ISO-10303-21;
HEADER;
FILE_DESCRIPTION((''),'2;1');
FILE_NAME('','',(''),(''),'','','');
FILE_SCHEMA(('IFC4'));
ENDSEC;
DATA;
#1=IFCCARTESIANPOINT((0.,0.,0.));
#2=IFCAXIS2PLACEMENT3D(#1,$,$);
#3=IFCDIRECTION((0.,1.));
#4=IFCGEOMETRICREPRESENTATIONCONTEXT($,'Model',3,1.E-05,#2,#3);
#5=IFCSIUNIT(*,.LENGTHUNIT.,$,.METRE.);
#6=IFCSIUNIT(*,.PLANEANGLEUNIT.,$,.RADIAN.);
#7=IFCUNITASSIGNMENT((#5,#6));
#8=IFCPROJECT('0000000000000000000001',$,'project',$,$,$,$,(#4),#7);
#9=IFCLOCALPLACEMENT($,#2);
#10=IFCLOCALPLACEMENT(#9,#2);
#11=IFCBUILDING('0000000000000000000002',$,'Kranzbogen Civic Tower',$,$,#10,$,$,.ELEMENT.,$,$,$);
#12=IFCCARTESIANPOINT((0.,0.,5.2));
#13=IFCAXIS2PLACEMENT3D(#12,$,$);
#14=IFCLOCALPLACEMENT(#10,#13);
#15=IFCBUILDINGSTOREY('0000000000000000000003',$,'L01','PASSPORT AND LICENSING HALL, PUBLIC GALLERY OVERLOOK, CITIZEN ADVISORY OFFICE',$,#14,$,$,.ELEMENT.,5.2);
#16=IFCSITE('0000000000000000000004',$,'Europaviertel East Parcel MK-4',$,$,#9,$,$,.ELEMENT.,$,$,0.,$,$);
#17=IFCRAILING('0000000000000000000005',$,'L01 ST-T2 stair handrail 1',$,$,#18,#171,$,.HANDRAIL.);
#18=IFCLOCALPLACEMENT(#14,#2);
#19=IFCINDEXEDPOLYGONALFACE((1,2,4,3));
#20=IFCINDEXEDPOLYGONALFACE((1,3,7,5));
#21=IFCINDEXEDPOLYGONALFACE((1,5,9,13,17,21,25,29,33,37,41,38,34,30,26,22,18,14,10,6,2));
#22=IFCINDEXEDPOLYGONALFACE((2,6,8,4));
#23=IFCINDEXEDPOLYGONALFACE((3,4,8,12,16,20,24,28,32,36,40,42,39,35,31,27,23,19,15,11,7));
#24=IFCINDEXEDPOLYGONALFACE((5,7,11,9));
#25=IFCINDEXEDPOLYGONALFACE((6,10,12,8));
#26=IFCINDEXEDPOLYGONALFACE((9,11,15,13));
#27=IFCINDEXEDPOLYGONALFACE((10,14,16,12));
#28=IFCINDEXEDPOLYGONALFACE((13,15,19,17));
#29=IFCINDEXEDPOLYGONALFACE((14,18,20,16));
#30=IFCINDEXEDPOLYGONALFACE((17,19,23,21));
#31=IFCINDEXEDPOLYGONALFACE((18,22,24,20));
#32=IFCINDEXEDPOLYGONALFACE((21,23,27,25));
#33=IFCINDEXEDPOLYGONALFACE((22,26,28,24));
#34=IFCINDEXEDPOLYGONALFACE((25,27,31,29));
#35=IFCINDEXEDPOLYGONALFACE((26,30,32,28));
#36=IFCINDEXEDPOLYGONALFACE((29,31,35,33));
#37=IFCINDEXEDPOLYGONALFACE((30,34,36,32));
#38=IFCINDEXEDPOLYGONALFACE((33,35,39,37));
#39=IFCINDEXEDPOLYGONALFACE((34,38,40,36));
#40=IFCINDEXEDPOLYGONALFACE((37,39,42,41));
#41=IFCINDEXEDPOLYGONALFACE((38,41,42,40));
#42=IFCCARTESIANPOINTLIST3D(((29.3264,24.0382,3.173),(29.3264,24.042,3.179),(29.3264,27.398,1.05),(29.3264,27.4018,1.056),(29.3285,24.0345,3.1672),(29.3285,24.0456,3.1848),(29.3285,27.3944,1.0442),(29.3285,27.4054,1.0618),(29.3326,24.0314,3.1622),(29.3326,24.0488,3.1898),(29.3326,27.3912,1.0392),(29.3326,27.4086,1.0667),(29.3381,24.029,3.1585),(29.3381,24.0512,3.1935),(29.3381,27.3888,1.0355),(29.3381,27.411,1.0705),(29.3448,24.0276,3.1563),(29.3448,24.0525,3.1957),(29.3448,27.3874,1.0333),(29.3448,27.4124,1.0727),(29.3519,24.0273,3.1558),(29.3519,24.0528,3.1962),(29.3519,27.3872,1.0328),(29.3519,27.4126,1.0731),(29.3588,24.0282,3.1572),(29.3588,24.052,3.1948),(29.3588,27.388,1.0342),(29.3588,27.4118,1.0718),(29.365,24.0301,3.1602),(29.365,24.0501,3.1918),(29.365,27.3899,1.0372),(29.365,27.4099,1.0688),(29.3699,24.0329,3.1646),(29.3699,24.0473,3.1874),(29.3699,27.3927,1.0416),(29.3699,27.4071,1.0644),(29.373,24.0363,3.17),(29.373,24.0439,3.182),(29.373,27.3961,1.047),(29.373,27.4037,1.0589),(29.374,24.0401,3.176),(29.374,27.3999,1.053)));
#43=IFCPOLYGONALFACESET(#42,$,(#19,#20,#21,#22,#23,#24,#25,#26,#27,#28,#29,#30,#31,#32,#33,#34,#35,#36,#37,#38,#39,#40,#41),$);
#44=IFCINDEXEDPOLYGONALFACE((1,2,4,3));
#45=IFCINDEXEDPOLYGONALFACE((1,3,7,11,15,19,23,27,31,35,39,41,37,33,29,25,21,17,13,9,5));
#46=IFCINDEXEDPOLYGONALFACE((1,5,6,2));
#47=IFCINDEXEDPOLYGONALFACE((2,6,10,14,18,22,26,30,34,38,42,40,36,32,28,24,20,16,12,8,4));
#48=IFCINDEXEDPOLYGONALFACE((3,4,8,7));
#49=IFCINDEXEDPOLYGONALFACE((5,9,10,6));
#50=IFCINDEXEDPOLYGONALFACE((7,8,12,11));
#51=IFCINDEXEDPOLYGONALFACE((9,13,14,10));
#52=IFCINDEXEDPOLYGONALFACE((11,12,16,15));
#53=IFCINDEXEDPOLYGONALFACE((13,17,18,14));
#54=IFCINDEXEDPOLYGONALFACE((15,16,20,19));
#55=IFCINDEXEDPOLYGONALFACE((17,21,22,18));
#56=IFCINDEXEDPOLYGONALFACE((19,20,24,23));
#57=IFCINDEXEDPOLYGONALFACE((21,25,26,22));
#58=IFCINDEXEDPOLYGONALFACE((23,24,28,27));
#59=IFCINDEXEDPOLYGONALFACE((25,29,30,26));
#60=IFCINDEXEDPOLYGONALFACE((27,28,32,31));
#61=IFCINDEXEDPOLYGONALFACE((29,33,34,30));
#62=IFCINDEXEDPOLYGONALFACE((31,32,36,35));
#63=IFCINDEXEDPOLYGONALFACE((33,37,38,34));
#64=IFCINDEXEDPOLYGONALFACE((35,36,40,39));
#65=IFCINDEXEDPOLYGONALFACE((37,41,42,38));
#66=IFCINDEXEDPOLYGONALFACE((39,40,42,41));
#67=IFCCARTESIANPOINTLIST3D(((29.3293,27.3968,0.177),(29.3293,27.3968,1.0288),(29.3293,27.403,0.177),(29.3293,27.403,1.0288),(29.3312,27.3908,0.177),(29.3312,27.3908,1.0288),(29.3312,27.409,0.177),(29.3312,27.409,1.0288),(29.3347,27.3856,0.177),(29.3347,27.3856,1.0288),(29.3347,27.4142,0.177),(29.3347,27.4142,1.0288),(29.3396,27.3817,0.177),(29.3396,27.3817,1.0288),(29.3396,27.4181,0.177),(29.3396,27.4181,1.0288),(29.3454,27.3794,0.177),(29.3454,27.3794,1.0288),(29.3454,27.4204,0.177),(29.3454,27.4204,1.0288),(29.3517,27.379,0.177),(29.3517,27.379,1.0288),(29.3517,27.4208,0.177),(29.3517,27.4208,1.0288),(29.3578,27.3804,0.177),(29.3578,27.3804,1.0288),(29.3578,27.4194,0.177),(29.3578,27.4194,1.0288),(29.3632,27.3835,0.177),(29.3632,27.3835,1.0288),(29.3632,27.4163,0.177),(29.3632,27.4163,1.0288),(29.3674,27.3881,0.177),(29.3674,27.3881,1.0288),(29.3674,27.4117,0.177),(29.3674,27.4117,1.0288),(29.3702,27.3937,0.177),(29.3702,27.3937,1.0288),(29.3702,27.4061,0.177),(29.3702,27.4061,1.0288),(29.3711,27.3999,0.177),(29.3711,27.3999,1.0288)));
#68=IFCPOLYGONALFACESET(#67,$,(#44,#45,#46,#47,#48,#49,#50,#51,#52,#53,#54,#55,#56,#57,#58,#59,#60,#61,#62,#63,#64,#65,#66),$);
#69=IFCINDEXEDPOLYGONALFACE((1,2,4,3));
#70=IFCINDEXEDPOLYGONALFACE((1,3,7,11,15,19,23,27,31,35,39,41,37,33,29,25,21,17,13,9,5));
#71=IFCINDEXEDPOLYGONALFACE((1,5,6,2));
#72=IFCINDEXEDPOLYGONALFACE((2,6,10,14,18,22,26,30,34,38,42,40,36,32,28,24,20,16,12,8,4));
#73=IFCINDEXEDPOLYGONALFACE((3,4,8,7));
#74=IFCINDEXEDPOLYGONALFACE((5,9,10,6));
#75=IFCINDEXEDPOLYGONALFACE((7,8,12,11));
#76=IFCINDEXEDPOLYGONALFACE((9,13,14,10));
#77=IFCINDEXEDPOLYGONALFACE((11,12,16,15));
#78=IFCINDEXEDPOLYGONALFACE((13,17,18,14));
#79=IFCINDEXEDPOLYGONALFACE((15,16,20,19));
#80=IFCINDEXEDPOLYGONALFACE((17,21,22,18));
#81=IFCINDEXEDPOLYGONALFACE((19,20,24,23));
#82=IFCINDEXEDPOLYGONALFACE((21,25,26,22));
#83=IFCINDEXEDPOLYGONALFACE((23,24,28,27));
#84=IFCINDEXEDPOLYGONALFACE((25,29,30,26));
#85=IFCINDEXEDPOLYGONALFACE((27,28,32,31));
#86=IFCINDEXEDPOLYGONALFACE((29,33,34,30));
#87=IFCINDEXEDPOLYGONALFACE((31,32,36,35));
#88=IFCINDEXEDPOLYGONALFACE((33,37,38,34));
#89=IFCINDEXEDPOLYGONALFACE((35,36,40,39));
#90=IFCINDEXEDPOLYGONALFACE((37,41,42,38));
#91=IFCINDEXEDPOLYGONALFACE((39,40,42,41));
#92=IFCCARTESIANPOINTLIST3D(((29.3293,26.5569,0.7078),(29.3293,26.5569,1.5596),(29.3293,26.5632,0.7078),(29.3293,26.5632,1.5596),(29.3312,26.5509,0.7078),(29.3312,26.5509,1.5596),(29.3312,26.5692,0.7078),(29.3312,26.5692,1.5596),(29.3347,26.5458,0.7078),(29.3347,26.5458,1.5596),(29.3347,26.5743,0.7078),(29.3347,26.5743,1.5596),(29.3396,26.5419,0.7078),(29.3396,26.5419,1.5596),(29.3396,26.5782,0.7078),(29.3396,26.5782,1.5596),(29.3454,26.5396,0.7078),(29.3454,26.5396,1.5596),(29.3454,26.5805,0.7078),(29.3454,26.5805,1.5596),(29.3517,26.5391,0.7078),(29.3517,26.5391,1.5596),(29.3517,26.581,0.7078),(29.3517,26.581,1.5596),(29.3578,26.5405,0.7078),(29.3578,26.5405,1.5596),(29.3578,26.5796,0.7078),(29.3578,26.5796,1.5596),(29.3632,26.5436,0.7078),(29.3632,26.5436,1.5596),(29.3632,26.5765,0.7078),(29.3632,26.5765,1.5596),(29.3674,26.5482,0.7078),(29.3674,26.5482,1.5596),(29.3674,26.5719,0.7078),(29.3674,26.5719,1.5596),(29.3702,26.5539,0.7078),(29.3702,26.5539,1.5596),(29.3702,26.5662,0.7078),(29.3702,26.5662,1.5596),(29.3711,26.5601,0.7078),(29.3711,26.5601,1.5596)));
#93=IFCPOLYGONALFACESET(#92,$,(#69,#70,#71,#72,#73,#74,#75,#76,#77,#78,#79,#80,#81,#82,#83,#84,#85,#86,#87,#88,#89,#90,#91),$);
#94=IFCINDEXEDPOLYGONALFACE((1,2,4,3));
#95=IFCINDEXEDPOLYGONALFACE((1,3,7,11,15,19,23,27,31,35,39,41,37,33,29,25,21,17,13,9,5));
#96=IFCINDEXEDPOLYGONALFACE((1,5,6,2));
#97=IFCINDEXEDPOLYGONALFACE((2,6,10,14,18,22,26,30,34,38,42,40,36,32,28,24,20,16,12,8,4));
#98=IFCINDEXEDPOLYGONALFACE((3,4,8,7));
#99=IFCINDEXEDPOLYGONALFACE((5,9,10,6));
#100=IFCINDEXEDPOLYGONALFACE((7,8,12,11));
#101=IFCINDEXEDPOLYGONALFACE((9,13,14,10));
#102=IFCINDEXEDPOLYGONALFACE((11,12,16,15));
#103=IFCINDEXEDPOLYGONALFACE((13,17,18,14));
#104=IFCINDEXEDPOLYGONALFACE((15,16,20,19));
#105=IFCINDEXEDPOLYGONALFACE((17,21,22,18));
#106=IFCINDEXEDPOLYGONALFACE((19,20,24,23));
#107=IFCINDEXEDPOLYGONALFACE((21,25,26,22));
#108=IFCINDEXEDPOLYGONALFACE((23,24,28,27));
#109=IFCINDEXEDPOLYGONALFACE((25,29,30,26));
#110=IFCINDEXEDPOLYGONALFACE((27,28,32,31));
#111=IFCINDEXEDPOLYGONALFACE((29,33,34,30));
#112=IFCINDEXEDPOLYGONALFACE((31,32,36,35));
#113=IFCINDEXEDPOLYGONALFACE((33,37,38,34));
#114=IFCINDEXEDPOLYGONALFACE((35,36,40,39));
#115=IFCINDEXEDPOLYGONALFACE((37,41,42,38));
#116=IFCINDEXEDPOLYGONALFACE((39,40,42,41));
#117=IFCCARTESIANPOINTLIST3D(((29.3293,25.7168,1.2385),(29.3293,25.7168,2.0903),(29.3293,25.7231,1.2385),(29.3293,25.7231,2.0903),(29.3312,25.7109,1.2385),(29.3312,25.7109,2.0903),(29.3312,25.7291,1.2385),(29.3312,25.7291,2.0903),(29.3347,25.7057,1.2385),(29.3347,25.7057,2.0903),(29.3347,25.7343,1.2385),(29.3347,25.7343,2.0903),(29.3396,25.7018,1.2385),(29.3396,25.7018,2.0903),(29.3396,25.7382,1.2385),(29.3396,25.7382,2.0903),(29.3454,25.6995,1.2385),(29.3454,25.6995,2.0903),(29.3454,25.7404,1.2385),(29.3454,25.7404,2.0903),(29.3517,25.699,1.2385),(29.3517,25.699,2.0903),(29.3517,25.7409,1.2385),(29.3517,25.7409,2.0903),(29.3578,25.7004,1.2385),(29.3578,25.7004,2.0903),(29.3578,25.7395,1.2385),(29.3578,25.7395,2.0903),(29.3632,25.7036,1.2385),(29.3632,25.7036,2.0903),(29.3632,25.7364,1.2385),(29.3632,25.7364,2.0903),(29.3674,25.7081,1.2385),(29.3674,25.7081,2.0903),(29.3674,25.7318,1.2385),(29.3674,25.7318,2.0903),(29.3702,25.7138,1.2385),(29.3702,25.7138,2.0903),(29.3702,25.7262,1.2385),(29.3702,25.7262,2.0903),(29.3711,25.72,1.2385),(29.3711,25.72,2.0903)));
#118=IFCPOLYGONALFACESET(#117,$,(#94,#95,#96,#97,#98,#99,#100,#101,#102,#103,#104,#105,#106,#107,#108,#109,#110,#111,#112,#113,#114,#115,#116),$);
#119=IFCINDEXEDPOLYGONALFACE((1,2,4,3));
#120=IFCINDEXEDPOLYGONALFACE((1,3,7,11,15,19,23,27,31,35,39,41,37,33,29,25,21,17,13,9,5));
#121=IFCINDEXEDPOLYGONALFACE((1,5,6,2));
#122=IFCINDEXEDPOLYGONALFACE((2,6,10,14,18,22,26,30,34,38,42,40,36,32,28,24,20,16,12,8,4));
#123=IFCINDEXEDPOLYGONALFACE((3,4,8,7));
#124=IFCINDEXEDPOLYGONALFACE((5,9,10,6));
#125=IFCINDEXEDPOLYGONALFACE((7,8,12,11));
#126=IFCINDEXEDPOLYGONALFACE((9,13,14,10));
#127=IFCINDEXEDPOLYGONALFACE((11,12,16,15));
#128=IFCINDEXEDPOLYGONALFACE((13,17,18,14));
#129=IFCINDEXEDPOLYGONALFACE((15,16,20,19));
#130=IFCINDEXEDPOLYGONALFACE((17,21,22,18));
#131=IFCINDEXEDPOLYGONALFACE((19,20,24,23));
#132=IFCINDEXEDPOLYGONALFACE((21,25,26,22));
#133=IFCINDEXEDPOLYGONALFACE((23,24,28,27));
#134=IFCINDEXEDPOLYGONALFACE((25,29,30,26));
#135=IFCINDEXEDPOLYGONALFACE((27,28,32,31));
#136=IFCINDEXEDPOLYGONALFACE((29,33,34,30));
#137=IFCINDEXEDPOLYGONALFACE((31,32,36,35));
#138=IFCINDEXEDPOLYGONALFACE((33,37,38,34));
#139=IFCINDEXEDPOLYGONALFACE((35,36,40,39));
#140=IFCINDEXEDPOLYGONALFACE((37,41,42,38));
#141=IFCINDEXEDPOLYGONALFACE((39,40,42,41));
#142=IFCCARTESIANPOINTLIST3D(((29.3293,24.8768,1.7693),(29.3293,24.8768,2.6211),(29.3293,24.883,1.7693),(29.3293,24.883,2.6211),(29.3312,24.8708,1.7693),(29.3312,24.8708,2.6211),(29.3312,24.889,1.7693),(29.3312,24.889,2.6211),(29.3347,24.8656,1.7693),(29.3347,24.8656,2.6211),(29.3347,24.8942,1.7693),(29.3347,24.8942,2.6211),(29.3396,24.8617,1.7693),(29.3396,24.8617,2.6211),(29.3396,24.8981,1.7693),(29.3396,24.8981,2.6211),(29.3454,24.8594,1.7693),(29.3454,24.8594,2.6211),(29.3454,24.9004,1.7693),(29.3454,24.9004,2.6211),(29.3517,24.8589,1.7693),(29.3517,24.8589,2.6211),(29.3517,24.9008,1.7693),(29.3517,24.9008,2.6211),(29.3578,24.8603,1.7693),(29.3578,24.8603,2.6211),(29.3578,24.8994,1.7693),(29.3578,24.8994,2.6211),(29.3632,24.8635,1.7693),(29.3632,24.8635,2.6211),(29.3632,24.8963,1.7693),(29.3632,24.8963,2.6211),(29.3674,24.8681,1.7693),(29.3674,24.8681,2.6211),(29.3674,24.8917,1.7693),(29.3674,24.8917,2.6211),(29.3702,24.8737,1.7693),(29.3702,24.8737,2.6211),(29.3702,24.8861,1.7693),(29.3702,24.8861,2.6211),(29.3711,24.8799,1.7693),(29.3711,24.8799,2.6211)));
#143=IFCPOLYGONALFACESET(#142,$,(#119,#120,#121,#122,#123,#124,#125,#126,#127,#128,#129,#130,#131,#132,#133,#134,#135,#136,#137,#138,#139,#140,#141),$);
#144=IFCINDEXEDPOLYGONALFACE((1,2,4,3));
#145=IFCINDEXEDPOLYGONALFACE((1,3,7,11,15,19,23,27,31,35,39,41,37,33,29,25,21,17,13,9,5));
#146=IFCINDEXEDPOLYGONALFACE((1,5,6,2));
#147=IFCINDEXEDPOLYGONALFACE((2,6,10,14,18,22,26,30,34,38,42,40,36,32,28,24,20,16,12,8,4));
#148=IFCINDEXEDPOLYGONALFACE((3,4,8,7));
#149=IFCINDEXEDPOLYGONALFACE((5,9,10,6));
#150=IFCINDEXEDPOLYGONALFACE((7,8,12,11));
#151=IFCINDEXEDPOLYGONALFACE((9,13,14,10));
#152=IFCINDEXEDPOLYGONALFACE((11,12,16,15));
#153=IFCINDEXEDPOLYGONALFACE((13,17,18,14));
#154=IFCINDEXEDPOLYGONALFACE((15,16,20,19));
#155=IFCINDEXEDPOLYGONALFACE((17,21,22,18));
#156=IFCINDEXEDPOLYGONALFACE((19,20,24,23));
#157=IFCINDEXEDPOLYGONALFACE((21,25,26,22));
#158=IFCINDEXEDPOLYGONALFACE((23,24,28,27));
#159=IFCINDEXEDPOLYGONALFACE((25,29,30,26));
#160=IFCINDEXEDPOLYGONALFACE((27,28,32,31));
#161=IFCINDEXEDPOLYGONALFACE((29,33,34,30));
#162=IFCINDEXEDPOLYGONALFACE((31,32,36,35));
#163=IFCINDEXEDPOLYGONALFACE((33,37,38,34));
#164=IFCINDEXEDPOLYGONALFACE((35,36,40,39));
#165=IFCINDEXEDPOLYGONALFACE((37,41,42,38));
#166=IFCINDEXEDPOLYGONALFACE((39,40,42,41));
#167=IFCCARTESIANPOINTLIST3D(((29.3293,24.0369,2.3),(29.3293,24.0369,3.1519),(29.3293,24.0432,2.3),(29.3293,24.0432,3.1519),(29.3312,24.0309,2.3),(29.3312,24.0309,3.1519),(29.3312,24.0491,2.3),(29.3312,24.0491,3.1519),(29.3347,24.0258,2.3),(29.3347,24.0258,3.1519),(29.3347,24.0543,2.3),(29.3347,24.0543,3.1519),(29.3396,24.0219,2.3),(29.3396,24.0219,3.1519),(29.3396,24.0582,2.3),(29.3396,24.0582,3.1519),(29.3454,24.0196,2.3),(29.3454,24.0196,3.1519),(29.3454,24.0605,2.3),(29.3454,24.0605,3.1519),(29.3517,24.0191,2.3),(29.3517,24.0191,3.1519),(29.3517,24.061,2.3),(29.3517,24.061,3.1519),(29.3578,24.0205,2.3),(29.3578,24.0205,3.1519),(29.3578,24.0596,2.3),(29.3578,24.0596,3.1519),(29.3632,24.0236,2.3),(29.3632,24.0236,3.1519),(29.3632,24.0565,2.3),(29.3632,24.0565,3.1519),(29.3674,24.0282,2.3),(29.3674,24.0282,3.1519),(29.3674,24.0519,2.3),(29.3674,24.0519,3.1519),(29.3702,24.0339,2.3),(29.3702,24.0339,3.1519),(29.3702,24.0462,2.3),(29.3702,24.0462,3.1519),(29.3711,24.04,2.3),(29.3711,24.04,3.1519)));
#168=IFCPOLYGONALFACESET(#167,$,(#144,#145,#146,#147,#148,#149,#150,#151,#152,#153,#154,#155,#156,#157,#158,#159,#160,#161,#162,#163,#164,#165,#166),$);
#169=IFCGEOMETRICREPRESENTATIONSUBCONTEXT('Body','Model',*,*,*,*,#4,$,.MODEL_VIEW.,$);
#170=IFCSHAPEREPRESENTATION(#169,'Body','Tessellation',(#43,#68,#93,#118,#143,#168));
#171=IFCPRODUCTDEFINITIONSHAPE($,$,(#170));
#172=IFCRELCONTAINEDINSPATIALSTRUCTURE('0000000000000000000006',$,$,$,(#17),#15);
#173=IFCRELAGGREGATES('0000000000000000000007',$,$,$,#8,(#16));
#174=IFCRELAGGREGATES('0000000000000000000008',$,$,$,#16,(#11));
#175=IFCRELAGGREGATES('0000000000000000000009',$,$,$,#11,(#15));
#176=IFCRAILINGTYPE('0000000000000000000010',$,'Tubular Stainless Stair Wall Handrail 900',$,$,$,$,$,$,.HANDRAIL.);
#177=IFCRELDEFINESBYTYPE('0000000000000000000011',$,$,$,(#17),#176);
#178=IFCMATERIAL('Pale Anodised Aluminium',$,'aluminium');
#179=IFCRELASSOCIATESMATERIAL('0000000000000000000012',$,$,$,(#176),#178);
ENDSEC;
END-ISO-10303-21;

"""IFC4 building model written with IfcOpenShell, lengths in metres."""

from ifc_helpers import new_model, si_unit, direction, frame, origin, origin_2d, place, context, subcontext, project, spatial, circle, extrude, material, type_object, element, save


model = new_model("IFC4")

# Units and contexts
model_context = context("Model", 3, precision=1e-05, world=origin(), true_north=direction((0.0, 1.0)))
body_context = subcontext(model_context, "Body", "Model", "MODEL_VIEW")
ifc_project = project(units=[si_unit("LENGTHUNIT", "METRE"), si_unit("PLANEANGLEUNIT", "RADIAN")], contexts=[model_context])

# Site, building, storey
site_placement = place(None, origin())
site = spatial("IfcSite", under=ifc_project, at=site_placement, Name="Europaviertel East Parcel MK-4", CompositionType="ELEMENT", RefElevation=0.0)
building_placement = place(site_placement, origin())
building = spatial("IfcBuilding", under=site, at=building_placement, Name="Kranzbogen Civic Tower", CompositionType="ELEMENT")
storey_placement = place(building_placement, frame((0.0, 0.0, 5.2)))
storey = spatial("IfcBuildingStorey", under=building, at=storey_placement, Name="L01", Description="PASSPORT AND LICENSING HALL, PUBLIC GALLERY OVERLOOK, CITIZEN ADVISORY OFFICE", CompositionType="ELEMENT", Elevation=5.2)

# Railing
ifc_material_1 = material(Name="Pale Anodised Aluminium", Category="aluminium")
railing_type_1 = type_object("IfcRailingType", Name="Tubular Stainless Stair Wall Handrail 900", PredefinedType="HANDRAIL", material=ifc_material_1)
railing_1_placement = place(storey_placement, frame((29.3501, 27.3999, 0.177)))
element("IfcRailing", 1, at=railing_1_placement, inside=storey, type_object=railing_type_1, Name="L01 ST-T2 stair handrail 1", PredefinedType="HANDRAIL", context=body_context, shape_type="SweptSolid", body=[
    extrude(circle(Radius=0.0239, at=origin_2d()), frame((0.0, 0.0, 0.876), z_axis=(0.0, -0.845372, 0.534178), x_axis=(1.0, 0.0, 0.0)), (0.0, 0.0, 1.0), 3.9744),
    extrude(circle(Radius=0.021, at=origin_2d()), origin(), (0.0, 0.0, 1.0), 0.8518),
    extrude(circle(Radius=0.021, at=origin_2d()), frame((0.0, -0.8398, 0.5308)), (0.0, 0.0, 1.0), 0.8518),
    extrude(circle(Radius=0.021, at=origin_2d()), frame((0.0, -1.6799, 1.0615)), (0.0, 0.0, 1.0), 0.8518),
    extrude(circle(Radius=0.021, at=origin_2d()), frame((0.0, -2.52, 1.5923)), (0.0, 0.0, 1.0), 0.8518),
    extrude(circle(Radius=0.021, at=origin_2d()), frame((0.0, -3.3599, 2.123)), (0.0, 0.0, 1.0), 0.8518),
])

save(model, "model.ifc")
